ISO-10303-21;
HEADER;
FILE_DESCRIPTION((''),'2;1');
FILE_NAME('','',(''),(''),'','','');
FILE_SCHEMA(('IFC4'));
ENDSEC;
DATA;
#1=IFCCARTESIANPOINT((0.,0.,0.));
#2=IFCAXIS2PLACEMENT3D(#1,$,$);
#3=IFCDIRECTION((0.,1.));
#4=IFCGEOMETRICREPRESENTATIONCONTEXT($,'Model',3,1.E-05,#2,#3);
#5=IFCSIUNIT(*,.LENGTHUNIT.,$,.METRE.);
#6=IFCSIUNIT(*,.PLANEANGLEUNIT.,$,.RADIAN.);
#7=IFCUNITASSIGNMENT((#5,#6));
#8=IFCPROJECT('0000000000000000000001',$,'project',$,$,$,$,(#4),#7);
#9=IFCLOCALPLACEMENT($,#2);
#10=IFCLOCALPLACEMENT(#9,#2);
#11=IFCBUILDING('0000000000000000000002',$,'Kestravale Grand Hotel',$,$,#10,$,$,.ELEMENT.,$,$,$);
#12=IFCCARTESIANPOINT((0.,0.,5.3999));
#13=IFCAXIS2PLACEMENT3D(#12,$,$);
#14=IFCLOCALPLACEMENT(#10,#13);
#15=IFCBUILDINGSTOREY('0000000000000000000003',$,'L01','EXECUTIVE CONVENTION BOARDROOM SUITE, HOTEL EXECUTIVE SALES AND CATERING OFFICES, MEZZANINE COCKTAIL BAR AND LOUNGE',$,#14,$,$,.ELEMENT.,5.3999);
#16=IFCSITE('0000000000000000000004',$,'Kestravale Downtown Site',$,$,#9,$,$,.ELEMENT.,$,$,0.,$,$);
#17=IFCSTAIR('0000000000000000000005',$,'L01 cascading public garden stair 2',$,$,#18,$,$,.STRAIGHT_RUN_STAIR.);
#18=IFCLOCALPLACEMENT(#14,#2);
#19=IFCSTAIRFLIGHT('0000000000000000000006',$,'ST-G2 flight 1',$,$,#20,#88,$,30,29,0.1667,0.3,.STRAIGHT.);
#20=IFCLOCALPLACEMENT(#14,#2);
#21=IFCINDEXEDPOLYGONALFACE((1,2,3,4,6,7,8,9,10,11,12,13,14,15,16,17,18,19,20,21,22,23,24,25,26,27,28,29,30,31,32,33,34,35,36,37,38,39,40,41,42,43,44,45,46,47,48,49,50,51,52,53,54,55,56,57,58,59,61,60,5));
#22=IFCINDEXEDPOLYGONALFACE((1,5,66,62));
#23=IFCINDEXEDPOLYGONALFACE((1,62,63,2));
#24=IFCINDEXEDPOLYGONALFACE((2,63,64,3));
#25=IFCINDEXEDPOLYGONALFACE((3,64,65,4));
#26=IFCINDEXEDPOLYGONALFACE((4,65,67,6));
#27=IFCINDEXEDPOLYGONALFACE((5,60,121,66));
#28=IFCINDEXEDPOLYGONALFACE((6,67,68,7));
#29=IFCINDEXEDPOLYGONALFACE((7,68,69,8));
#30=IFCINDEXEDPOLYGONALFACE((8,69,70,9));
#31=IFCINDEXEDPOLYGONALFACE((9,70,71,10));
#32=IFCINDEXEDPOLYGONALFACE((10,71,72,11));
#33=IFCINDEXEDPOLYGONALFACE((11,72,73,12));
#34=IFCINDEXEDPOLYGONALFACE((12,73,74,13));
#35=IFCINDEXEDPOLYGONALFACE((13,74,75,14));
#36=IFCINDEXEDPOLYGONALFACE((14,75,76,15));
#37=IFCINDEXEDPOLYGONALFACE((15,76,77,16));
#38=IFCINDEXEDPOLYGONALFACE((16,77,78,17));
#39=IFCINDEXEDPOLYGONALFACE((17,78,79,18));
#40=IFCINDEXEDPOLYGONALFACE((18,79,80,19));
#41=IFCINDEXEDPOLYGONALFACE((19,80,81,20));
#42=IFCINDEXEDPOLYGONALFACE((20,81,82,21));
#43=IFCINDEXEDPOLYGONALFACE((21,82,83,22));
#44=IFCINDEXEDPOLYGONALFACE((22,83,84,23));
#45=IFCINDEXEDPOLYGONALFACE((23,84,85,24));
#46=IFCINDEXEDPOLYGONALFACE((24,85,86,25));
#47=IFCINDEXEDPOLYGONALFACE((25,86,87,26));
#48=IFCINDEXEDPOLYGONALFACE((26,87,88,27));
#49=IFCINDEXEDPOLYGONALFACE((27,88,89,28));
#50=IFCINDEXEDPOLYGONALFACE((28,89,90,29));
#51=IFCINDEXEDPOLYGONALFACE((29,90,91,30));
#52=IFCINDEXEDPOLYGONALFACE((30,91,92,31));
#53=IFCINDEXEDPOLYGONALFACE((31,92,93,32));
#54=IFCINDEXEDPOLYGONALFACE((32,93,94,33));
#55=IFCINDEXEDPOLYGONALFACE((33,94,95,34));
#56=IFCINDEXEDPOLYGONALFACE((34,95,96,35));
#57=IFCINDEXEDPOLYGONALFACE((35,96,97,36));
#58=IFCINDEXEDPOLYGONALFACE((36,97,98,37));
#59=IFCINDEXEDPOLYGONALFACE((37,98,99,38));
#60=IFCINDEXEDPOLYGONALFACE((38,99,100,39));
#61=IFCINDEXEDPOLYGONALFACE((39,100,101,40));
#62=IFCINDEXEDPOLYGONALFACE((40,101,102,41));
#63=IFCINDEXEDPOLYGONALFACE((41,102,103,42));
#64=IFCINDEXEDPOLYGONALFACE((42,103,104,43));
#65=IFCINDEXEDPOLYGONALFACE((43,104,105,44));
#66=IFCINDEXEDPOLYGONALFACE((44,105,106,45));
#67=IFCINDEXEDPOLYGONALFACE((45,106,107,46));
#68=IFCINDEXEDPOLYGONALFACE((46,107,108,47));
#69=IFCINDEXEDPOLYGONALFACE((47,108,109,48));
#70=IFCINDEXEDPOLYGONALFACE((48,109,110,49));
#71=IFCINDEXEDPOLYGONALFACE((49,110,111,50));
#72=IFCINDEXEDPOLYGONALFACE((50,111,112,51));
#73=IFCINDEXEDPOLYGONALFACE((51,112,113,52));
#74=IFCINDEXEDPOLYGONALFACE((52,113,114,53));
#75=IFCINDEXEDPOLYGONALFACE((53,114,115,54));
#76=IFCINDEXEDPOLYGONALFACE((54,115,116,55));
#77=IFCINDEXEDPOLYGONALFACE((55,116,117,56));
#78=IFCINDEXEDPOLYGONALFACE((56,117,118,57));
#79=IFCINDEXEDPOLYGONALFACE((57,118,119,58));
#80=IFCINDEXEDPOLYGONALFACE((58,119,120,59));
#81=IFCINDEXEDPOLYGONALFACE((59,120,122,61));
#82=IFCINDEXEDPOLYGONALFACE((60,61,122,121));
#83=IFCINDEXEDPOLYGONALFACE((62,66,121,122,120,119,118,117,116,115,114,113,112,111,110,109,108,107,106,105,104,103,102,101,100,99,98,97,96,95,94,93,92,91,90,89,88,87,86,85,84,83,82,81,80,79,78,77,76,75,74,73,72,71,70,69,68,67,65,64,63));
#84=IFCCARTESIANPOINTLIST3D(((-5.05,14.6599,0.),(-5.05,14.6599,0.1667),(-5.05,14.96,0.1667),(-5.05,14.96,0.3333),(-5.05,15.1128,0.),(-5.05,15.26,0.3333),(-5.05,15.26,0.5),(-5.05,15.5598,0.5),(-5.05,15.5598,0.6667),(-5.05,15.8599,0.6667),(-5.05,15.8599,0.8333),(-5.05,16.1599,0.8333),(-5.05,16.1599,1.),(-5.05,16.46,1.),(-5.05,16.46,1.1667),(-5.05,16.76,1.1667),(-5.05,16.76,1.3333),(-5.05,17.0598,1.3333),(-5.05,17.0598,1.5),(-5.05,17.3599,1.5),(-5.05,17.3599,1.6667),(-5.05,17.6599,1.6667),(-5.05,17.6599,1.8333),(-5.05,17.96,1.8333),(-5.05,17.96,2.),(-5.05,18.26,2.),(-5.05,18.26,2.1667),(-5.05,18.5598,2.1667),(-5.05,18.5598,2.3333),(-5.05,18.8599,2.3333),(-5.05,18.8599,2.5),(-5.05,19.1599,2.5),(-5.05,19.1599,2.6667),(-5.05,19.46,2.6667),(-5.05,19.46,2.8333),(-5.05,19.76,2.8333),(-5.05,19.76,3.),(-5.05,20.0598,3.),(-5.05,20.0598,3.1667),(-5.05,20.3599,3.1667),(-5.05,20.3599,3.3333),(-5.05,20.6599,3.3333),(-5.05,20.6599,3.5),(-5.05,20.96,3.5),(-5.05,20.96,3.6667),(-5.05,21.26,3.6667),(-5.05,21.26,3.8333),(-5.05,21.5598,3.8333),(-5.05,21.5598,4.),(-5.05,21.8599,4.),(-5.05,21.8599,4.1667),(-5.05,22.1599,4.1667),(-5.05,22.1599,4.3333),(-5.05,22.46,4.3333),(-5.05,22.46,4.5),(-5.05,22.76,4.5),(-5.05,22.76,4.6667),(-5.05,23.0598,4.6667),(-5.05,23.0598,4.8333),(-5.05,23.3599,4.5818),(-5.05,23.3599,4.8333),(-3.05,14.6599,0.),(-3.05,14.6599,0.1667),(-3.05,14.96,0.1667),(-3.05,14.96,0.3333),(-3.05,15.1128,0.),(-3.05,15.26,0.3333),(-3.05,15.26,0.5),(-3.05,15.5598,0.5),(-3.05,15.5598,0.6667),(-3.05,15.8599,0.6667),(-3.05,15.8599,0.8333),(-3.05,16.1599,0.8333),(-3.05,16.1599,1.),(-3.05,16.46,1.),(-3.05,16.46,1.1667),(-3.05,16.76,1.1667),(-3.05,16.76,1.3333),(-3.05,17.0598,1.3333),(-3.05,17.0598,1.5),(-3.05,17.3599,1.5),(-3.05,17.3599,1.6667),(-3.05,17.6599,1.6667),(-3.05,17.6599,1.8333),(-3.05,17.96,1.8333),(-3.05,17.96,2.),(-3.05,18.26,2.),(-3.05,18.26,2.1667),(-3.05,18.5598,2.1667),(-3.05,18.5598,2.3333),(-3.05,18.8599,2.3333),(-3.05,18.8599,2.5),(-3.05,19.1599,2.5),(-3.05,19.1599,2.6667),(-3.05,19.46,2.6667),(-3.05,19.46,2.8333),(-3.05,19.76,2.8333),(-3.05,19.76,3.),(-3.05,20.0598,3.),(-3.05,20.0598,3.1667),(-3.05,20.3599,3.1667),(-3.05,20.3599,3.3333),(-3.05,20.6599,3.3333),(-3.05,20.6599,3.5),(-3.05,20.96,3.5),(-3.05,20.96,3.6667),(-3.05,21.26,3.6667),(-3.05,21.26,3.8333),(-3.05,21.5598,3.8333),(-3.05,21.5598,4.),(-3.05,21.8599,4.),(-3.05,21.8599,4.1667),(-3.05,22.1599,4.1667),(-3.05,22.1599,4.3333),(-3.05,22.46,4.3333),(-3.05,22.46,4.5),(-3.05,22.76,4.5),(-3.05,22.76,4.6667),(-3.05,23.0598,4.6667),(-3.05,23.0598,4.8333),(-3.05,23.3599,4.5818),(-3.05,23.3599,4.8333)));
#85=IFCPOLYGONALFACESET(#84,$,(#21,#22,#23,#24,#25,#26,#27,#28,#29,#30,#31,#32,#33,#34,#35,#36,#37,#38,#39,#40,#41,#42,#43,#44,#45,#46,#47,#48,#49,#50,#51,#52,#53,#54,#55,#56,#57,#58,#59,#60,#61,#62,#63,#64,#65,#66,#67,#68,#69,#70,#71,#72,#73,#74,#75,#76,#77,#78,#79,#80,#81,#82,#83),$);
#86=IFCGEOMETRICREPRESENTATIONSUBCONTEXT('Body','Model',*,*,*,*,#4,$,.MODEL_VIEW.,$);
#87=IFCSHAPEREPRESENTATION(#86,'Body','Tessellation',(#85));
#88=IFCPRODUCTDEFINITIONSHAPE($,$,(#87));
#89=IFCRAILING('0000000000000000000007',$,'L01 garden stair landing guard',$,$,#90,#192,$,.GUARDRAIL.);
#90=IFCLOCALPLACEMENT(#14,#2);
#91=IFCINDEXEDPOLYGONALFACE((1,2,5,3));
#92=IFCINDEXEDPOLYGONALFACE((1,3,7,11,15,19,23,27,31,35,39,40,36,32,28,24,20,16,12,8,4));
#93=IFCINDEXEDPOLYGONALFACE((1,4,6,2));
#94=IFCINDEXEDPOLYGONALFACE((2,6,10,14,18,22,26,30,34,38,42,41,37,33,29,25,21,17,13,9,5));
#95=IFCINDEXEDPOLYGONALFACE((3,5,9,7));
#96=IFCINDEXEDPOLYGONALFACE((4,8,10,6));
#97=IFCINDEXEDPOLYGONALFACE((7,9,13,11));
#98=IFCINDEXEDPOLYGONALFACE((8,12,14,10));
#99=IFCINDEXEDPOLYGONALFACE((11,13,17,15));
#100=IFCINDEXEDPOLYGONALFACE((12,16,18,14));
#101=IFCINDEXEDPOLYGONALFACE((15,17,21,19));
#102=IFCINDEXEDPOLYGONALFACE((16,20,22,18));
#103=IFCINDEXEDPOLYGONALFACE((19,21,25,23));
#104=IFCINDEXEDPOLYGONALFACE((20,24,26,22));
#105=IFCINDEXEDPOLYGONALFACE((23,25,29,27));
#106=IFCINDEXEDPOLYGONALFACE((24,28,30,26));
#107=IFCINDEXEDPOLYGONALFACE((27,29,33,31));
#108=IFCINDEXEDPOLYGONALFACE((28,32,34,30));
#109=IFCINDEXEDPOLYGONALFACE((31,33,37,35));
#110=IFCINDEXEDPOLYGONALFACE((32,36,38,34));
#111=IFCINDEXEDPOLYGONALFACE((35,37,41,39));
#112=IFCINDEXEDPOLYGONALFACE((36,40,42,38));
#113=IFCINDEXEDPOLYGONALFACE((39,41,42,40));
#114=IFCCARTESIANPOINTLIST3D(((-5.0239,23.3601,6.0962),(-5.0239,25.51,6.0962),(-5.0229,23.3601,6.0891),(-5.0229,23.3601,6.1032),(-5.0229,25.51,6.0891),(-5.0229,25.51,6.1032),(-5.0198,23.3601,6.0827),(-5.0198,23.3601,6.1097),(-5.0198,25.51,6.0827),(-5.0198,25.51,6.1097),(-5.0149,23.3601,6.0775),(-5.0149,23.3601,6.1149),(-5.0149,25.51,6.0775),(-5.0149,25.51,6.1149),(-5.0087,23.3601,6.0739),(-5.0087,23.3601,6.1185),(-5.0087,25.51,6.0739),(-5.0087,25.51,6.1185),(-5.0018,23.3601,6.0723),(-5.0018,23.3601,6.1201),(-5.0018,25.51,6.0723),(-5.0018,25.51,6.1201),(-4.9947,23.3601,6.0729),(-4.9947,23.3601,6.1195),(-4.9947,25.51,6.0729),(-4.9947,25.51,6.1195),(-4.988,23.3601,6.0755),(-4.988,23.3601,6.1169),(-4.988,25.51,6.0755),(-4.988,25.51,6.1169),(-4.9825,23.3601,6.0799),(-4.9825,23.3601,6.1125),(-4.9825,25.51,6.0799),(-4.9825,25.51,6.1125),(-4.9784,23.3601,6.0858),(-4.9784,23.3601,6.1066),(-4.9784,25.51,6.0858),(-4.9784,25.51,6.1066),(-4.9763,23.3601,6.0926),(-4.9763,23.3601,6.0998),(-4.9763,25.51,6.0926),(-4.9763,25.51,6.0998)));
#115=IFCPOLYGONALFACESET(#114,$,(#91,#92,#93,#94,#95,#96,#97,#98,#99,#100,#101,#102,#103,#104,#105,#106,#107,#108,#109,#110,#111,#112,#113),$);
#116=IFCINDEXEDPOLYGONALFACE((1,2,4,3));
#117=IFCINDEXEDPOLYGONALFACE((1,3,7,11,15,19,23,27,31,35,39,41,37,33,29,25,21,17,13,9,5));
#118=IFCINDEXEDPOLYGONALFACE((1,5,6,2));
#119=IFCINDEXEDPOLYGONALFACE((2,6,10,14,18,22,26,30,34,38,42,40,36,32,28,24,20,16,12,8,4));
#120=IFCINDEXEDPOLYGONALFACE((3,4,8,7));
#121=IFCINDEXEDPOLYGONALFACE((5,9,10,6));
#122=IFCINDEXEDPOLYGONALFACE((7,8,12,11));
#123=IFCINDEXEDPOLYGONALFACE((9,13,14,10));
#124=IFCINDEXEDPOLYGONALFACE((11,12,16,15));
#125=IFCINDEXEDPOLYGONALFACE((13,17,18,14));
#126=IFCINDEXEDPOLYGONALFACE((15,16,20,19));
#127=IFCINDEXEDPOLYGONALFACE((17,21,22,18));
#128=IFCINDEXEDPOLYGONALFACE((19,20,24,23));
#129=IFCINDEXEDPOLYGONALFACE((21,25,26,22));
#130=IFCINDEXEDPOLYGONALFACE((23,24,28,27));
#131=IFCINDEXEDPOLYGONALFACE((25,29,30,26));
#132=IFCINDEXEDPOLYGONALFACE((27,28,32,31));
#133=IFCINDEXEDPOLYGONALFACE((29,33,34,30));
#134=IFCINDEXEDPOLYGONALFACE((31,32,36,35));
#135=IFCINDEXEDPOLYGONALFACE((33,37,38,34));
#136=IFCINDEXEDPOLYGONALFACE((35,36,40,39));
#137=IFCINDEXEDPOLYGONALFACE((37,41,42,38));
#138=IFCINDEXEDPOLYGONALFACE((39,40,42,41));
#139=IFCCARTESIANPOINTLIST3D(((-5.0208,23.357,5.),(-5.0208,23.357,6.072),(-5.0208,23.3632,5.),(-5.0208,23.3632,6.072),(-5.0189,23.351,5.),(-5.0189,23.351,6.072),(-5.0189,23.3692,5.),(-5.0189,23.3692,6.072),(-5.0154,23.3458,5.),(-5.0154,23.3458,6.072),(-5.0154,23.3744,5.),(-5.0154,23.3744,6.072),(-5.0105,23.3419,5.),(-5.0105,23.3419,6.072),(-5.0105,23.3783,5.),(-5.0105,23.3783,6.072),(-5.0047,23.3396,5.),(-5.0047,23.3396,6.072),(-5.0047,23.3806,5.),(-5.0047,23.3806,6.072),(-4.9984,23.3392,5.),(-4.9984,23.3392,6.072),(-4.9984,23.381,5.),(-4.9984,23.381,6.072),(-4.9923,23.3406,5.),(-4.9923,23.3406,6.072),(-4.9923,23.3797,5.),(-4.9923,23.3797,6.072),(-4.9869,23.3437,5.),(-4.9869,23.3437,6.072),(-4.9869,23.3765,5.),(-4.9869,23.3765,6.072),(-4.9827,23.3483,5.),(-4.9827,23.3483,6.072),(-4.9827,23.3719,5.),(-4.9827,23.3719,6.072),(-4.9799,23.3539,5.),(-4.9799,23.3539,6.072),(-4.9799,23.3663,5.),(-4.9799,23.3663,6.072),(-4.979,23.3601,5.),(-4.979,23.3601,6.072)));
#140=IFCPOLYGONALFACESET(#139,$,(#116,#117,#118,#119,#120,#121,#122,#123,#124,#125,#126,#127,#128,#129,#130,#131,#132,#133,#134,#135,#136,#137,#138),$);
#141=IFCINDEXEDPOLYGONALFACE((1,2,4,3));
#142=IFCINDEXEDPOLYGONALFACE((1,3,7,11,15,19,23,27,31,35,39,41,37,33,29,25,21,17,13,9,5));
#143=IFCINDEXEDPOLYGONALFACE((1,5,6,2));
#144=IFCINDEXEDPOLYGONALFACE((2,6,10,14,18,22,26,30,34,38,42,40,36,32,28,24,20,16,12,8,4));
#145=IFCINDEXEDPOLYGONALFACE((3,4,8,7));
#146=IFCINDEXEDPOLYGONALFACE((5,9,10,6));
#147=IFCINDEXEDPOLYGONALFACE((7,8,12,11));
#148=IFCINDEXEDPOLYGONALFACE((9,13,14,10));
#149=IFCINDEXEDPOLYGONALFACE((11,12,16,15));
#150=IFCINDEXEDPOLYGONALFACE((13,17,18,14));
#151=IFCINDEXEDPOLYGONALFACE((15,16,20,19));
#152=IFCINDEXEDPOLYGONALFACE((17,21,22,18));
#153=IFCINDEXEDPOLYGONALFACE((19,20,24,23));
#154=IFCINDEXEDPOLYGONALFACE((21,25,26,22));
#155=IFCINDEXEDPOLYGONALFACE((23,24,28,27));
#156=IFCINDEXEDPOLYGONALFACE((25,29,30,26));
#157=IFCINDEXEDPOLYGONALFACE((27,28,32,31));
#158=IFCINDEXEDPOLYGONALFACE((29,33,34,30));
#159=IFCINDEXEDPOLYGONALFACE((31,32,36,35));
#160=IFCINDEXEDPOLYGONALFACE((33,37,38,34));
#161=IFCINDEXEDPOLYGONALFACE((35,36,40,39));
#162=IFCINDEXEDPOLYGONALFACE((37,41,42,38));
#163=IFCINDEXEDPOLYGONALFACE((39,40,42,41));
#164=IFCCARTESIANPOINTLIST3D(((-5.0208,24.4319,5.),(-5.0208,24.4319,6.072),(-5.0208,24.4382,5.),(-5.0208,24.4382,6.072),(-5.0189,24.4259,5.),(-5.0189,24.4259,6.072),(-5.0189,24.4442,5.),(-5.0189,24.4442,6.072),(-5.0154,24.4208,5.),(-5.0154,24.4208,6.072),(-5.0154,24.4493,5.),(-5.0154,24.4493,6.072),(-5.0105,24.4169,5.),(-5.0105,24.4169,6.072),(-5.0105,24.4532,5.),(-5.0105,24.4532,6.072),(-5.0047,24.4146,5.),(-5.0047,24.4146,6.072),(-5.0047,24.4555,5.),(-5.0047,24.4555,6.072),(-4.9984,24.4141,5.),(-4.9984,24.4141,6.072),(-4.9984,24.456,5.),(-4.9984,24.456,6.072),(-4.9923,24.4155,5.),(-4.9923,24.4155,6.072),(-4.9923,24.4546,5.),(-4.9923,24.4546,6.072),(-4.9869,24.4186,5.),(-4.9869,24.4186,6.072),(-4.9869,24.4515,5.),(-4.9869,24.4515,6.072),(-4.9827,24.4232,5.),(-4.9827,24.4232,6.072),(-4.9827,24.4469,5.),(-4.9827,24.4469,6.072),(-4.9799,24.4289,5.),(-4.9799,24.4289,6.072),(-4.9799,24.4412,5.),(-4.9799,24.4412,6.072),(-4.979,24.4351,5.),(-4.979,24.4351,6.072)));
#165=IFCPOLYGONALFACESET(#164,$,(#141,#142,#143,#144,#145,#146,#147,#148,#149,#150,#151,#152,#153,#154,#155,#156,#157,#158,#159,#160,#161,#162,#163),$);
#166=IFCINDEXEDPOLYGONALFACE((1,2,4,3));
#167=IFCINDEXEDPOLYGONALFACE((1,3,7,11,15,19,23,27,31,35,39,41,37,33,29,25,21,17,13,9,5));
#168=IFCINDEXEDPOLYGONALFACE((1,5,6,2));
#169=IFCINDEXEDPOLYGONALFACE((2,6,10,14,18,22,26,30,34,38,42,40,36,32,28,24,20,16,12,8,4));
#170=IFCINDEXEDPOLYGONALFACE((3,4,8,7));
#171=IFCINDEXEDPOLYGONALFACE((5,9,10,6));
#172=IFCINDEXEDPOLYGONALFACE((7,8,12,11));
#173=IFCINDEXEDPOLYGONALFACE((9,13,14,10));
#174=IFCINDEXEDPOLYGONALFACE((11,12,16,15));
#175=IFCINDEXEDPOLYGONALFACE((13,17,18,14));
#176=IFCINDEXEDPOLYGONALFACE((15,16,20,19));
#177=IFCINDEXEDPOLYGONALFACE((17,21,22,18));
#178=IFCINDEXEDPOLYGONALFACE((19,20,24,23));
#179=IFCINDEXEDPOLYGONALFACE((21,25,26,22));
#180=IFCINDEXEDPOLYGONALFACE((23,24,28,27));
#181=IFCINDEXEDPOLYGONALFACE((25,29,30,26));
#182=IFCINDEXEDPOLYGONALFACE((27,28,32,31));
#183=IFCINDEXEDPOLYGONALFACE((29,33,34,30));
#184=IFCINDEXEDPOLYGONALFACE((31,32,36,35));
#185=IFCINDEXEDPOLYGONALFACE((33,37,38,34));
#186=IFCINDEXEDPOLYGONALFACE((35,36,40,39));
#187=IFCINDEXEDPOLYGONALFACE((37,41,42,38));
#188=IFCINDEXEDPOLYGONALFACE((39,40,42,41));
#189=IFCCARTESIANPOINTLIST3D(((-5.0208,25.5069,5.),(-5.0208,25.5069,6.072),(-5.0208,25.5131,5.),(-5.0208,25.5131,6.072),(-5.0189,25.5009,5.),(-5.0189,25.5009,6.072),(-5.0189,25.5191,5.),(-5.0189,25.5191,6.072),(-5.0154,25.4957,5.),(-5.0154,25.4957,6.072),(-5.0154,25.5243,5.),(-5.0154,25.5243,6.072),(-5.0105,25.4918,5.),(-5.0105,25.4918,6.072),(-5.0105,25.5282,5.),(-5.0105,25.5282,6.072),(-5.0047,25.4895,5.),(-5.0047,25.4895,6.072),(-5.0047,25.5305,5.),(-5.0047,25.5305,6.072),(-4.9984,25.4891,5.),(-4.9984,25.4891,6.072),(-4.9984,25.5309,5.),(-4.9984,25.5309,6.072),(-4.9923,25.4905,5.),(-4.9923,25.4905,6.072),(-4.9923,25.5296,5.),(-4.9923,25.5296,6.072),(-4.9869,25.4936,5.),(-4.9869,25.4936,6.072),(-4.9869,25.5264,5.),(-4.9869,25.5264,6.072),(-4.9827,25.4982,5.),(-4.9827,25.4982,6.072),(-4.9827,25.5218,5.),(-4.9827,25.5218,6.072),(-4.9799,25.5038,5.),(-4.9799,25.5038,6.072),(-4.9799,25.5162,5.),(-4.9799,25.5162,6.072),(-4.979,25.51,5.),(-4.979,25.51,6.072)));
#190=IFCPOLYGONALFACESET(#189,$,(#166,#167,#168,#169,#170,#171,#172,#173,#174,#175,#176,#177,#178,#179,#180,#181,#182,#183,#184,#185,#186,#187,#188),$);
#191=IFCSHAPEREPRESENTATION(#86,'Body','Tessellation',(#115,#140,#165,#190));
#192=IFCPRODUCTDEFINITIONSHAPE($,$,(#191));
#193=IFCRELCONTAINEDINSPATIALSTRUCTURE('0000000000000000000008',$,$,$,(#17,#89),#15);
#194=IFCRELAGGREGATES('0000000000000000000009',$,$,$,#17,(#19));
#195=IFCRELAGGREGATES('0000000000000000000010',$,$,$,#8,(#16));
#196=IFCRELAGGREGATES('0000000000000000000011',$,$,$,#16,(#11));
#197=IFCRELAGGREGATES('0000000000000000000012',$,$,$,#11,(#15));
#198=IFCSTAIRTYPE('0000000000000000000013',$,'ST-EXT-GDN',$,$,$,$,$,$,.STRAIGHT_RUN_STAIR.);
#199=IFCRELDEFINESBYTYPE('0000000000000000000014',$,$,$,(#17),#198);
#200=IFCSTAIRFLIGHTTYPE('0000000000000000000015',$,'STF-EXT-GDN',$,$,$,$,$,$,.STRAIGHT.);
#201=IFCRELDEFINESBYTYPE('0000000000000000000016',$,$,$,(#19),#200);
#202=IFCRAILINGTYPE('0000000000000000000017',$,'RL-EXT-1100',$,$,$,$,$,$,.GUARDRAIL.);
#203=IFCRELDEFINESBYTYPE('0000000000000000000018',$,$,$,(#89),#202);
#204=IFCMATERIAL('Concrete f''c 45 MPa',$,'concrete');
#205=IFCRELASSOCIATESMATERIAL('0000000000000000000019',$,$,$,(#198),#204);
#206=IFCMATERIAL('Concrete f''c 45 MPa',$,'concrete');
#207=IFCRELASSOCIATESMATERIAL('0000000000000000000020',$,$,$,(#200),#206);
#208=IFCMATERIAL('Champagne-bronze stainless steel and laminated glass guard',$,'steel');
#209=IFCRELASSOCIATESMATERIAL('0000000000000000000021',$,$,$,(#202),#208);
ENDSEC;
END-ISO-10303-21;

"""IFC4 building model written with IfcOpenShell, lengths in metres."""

from ifc_helpers import new_model, si_unit, direction, frame, origin, origin_2d, place, context, subcontext, project, spatial, polyline, circle, outline, extrude, material, type_object, element, aggregate, save


model = new_model("IFC4")

# Units and contexts
model_context = context("Model", 3, precision=1e-05, world=origin(), true_north=direction((0.0, 1.0)))
body_context = subcontext(model_context, "Body", "Model", "MODEL_VIEW")
ifc_project = project(units=[si_unit("LENGTHUNIT", "METRE"), si_unit("PLANEANGLEUNIT", "RADIAN")], contexts=[model_context])

# Site, building, storey
site_placement = place(None, origin())
site = spatial("IfcSite", under=ifc_project, at=site_placement, Name="Kestravale Downtown Site", CompositionType="ELEMENT", RefElevation=0.0)
building_placement = place(site_placement, origin())
building = spatial("IfcBuilding", under=site, at=building_placement, Name="Kestravale Grand Hotel", CompositionType="ELEMENT")
storey_placement = place(building_placement, frame((0.0, 0.0, 5.3999)))
storey = spatial("IfcBuildingStorey", under=building, at=storey_placement, Name="L01", Description="EXECUTIVE CONVENTION BOARDROOM SUITE, HOTEL EXECUTIVE SALES AND CATERING OFFICES, MEZZANINE COCKTAIL BAR AND LOUNGE", CompositionType="ELEMENT", Elevation=5.3999)

# Stair, stair flight
ifc_material_1 = material(Name="Concrete f'c 45 MPa", Category="concrete")
stair_type = type_object("IfcStairType", Name="ST-EXT-GDN", PredefinedType="STRAIGHT_RUN_STAIR", material=ifc_material_1)
stair_placement = place(storey_placement, origin())
stair = element("IfcStair", 1, at=stair_placement, inside=storey, type_object=stair_type, Name="L01 cascading public garden stair 2", PredefinedType="STRAIGHT_RUN_STAIR")
ifc_material_2 = material(Name="Concrete f'c 45 MPa", Category="concrete")
stair_flight_type = type_object("IfcStairFlightType", Name="STF-EXT-GDN", PredefinedType="STRAIGHT", material=ifc_material_2)
stair_flight_placement = place(storey_placement, frame((-4.05, 14.6599, 0.0), z_axis=(0.0, 0.0, 1.0), x_axis=(0.0, 1.0, 0.0)))
stair_flight = element("IfcStairFlight", 2, at=stair_flight_placement, type_object=stair_flight_type, Name="ST-G2 flight 1", NumberOfRisers=30, NumberOfTreads=29, PredefinedType="STRAIGHT", RiserHeight=0.1667, TreadLength=0.3, context=body_context, shape_type="SweptSolid", body=[
    extrude(outline(polyline([(0.0, 0.0), (0.0, 0.1667), (0.3, 0.1667), (0.3, 0.3333), (0.6001, 0.3333), (0.6001, 0.5), (0.8999, 0.5), (0.8999, 0.6667), (1.2, 0.6667), (1.2, 0.8333), (1.5, 0.8333), (1.5, 1.0), (1.8, 1.0), (1.8, 1.1667), (2.1001, 1.1667), (2.1001, 1.3333), (2.3999, 1.3333), (2.3999, 1.5), (2.7, 1.5), (2.7, 1.6667), (3.0, 1.6667), (3.0, 1.8333), (3.3, 1.8333), (3.3, 2.0), (3.6001, 2.0), (3.6001, 2.1667), (3.8999, 2.1667), (3.8999, 2.3333), (4.2, 2.3333), (4.2, 2.5), (4.5, 2.5), (4.5, 2.6667), (4.8, 2.6667), (4.8, 2.8333), (5.1001, 2.8333), (5.1001, 3.0), (5.3999, 3.0), (5.3999, 3.1667), (5.7, 3.1667), (5.7, 3.3333), (6.0, 3.3333), (6.0, 3.5), (6.3, 3.5), (6.3, 3.6667), (6.6001, 3.6667), (6.6001, 3.8333), (6.8999, 3.8333), (6.8999, 4.0), (7.2, 4.0), (7.2, 4.1667), (7.5, 4.1667), (7.5, 4.3333), (7.8, 4.3333), (7.8, 4.5), (8.1001, 4.5), (8.1001, 4.6667), (8.3999, 4.6667), (8.3999, 4.8333), (8.7, 4.8333), (8.7, 5.0), (8.7, 4.5818), (0.4529, 0.0), (0.0, 0.0)])), frame((0.0, 1.0, 0.0), z_axis=(0.0, -1.0, 0.0), x_axis=(1.0, 0.0, 0.0)), (0.0, 0.0, 1.0), 2.0),
])
aggregate(stair, [stair_flight])

# Railing
ifc_material_3 = material(Name="Champagne-bronze stainless steel and laminated glass guard", Category="steel")
railing_type_1 = type_object("IfcRailingType", Name="RL-EXT-1100", PredefinedType="GUARDRAIL", material=ifc_material_3)
railing_1_placement = place(storey_placement, frame((-5.0, 23.3601, 5.0)))
element("IfcRailing", 3, at=railing_1_placement, inside=storey, type_object=railing_type_1, Name="L01 garden stair landing guard", PredefinedType="GUARDRAIL", context=body_context, shape_type="SweptSolid", body=[
    extrude(circle(Radius=0.0239, at=origin_2d()), frame((0.0, 0.0, 1.0962), z_axis=(0.0, 1.0, 0.0), x_axis=(-1.0, 0.0, 0.0)), (0.0, 0.0, 1.0), 2.1499),
    extrude(circle(Radius=0.021, at=origin_2d()), origin(), (0.0, 0.0, 1.0), 1.072),
    extrude(circle(Radius=0.021, at=origin_2d()), frame((0.0, 1.075, 0.0)), (0.0, 0.0, 1.0), 1.072),
    extrude(circle(Radius=0.021, at=origin_2d()), frame((0.0, 2.1499, 0.0)), (0.0, 0.0, 1.0), 1.072),
])

save(model, "model.ifc")
